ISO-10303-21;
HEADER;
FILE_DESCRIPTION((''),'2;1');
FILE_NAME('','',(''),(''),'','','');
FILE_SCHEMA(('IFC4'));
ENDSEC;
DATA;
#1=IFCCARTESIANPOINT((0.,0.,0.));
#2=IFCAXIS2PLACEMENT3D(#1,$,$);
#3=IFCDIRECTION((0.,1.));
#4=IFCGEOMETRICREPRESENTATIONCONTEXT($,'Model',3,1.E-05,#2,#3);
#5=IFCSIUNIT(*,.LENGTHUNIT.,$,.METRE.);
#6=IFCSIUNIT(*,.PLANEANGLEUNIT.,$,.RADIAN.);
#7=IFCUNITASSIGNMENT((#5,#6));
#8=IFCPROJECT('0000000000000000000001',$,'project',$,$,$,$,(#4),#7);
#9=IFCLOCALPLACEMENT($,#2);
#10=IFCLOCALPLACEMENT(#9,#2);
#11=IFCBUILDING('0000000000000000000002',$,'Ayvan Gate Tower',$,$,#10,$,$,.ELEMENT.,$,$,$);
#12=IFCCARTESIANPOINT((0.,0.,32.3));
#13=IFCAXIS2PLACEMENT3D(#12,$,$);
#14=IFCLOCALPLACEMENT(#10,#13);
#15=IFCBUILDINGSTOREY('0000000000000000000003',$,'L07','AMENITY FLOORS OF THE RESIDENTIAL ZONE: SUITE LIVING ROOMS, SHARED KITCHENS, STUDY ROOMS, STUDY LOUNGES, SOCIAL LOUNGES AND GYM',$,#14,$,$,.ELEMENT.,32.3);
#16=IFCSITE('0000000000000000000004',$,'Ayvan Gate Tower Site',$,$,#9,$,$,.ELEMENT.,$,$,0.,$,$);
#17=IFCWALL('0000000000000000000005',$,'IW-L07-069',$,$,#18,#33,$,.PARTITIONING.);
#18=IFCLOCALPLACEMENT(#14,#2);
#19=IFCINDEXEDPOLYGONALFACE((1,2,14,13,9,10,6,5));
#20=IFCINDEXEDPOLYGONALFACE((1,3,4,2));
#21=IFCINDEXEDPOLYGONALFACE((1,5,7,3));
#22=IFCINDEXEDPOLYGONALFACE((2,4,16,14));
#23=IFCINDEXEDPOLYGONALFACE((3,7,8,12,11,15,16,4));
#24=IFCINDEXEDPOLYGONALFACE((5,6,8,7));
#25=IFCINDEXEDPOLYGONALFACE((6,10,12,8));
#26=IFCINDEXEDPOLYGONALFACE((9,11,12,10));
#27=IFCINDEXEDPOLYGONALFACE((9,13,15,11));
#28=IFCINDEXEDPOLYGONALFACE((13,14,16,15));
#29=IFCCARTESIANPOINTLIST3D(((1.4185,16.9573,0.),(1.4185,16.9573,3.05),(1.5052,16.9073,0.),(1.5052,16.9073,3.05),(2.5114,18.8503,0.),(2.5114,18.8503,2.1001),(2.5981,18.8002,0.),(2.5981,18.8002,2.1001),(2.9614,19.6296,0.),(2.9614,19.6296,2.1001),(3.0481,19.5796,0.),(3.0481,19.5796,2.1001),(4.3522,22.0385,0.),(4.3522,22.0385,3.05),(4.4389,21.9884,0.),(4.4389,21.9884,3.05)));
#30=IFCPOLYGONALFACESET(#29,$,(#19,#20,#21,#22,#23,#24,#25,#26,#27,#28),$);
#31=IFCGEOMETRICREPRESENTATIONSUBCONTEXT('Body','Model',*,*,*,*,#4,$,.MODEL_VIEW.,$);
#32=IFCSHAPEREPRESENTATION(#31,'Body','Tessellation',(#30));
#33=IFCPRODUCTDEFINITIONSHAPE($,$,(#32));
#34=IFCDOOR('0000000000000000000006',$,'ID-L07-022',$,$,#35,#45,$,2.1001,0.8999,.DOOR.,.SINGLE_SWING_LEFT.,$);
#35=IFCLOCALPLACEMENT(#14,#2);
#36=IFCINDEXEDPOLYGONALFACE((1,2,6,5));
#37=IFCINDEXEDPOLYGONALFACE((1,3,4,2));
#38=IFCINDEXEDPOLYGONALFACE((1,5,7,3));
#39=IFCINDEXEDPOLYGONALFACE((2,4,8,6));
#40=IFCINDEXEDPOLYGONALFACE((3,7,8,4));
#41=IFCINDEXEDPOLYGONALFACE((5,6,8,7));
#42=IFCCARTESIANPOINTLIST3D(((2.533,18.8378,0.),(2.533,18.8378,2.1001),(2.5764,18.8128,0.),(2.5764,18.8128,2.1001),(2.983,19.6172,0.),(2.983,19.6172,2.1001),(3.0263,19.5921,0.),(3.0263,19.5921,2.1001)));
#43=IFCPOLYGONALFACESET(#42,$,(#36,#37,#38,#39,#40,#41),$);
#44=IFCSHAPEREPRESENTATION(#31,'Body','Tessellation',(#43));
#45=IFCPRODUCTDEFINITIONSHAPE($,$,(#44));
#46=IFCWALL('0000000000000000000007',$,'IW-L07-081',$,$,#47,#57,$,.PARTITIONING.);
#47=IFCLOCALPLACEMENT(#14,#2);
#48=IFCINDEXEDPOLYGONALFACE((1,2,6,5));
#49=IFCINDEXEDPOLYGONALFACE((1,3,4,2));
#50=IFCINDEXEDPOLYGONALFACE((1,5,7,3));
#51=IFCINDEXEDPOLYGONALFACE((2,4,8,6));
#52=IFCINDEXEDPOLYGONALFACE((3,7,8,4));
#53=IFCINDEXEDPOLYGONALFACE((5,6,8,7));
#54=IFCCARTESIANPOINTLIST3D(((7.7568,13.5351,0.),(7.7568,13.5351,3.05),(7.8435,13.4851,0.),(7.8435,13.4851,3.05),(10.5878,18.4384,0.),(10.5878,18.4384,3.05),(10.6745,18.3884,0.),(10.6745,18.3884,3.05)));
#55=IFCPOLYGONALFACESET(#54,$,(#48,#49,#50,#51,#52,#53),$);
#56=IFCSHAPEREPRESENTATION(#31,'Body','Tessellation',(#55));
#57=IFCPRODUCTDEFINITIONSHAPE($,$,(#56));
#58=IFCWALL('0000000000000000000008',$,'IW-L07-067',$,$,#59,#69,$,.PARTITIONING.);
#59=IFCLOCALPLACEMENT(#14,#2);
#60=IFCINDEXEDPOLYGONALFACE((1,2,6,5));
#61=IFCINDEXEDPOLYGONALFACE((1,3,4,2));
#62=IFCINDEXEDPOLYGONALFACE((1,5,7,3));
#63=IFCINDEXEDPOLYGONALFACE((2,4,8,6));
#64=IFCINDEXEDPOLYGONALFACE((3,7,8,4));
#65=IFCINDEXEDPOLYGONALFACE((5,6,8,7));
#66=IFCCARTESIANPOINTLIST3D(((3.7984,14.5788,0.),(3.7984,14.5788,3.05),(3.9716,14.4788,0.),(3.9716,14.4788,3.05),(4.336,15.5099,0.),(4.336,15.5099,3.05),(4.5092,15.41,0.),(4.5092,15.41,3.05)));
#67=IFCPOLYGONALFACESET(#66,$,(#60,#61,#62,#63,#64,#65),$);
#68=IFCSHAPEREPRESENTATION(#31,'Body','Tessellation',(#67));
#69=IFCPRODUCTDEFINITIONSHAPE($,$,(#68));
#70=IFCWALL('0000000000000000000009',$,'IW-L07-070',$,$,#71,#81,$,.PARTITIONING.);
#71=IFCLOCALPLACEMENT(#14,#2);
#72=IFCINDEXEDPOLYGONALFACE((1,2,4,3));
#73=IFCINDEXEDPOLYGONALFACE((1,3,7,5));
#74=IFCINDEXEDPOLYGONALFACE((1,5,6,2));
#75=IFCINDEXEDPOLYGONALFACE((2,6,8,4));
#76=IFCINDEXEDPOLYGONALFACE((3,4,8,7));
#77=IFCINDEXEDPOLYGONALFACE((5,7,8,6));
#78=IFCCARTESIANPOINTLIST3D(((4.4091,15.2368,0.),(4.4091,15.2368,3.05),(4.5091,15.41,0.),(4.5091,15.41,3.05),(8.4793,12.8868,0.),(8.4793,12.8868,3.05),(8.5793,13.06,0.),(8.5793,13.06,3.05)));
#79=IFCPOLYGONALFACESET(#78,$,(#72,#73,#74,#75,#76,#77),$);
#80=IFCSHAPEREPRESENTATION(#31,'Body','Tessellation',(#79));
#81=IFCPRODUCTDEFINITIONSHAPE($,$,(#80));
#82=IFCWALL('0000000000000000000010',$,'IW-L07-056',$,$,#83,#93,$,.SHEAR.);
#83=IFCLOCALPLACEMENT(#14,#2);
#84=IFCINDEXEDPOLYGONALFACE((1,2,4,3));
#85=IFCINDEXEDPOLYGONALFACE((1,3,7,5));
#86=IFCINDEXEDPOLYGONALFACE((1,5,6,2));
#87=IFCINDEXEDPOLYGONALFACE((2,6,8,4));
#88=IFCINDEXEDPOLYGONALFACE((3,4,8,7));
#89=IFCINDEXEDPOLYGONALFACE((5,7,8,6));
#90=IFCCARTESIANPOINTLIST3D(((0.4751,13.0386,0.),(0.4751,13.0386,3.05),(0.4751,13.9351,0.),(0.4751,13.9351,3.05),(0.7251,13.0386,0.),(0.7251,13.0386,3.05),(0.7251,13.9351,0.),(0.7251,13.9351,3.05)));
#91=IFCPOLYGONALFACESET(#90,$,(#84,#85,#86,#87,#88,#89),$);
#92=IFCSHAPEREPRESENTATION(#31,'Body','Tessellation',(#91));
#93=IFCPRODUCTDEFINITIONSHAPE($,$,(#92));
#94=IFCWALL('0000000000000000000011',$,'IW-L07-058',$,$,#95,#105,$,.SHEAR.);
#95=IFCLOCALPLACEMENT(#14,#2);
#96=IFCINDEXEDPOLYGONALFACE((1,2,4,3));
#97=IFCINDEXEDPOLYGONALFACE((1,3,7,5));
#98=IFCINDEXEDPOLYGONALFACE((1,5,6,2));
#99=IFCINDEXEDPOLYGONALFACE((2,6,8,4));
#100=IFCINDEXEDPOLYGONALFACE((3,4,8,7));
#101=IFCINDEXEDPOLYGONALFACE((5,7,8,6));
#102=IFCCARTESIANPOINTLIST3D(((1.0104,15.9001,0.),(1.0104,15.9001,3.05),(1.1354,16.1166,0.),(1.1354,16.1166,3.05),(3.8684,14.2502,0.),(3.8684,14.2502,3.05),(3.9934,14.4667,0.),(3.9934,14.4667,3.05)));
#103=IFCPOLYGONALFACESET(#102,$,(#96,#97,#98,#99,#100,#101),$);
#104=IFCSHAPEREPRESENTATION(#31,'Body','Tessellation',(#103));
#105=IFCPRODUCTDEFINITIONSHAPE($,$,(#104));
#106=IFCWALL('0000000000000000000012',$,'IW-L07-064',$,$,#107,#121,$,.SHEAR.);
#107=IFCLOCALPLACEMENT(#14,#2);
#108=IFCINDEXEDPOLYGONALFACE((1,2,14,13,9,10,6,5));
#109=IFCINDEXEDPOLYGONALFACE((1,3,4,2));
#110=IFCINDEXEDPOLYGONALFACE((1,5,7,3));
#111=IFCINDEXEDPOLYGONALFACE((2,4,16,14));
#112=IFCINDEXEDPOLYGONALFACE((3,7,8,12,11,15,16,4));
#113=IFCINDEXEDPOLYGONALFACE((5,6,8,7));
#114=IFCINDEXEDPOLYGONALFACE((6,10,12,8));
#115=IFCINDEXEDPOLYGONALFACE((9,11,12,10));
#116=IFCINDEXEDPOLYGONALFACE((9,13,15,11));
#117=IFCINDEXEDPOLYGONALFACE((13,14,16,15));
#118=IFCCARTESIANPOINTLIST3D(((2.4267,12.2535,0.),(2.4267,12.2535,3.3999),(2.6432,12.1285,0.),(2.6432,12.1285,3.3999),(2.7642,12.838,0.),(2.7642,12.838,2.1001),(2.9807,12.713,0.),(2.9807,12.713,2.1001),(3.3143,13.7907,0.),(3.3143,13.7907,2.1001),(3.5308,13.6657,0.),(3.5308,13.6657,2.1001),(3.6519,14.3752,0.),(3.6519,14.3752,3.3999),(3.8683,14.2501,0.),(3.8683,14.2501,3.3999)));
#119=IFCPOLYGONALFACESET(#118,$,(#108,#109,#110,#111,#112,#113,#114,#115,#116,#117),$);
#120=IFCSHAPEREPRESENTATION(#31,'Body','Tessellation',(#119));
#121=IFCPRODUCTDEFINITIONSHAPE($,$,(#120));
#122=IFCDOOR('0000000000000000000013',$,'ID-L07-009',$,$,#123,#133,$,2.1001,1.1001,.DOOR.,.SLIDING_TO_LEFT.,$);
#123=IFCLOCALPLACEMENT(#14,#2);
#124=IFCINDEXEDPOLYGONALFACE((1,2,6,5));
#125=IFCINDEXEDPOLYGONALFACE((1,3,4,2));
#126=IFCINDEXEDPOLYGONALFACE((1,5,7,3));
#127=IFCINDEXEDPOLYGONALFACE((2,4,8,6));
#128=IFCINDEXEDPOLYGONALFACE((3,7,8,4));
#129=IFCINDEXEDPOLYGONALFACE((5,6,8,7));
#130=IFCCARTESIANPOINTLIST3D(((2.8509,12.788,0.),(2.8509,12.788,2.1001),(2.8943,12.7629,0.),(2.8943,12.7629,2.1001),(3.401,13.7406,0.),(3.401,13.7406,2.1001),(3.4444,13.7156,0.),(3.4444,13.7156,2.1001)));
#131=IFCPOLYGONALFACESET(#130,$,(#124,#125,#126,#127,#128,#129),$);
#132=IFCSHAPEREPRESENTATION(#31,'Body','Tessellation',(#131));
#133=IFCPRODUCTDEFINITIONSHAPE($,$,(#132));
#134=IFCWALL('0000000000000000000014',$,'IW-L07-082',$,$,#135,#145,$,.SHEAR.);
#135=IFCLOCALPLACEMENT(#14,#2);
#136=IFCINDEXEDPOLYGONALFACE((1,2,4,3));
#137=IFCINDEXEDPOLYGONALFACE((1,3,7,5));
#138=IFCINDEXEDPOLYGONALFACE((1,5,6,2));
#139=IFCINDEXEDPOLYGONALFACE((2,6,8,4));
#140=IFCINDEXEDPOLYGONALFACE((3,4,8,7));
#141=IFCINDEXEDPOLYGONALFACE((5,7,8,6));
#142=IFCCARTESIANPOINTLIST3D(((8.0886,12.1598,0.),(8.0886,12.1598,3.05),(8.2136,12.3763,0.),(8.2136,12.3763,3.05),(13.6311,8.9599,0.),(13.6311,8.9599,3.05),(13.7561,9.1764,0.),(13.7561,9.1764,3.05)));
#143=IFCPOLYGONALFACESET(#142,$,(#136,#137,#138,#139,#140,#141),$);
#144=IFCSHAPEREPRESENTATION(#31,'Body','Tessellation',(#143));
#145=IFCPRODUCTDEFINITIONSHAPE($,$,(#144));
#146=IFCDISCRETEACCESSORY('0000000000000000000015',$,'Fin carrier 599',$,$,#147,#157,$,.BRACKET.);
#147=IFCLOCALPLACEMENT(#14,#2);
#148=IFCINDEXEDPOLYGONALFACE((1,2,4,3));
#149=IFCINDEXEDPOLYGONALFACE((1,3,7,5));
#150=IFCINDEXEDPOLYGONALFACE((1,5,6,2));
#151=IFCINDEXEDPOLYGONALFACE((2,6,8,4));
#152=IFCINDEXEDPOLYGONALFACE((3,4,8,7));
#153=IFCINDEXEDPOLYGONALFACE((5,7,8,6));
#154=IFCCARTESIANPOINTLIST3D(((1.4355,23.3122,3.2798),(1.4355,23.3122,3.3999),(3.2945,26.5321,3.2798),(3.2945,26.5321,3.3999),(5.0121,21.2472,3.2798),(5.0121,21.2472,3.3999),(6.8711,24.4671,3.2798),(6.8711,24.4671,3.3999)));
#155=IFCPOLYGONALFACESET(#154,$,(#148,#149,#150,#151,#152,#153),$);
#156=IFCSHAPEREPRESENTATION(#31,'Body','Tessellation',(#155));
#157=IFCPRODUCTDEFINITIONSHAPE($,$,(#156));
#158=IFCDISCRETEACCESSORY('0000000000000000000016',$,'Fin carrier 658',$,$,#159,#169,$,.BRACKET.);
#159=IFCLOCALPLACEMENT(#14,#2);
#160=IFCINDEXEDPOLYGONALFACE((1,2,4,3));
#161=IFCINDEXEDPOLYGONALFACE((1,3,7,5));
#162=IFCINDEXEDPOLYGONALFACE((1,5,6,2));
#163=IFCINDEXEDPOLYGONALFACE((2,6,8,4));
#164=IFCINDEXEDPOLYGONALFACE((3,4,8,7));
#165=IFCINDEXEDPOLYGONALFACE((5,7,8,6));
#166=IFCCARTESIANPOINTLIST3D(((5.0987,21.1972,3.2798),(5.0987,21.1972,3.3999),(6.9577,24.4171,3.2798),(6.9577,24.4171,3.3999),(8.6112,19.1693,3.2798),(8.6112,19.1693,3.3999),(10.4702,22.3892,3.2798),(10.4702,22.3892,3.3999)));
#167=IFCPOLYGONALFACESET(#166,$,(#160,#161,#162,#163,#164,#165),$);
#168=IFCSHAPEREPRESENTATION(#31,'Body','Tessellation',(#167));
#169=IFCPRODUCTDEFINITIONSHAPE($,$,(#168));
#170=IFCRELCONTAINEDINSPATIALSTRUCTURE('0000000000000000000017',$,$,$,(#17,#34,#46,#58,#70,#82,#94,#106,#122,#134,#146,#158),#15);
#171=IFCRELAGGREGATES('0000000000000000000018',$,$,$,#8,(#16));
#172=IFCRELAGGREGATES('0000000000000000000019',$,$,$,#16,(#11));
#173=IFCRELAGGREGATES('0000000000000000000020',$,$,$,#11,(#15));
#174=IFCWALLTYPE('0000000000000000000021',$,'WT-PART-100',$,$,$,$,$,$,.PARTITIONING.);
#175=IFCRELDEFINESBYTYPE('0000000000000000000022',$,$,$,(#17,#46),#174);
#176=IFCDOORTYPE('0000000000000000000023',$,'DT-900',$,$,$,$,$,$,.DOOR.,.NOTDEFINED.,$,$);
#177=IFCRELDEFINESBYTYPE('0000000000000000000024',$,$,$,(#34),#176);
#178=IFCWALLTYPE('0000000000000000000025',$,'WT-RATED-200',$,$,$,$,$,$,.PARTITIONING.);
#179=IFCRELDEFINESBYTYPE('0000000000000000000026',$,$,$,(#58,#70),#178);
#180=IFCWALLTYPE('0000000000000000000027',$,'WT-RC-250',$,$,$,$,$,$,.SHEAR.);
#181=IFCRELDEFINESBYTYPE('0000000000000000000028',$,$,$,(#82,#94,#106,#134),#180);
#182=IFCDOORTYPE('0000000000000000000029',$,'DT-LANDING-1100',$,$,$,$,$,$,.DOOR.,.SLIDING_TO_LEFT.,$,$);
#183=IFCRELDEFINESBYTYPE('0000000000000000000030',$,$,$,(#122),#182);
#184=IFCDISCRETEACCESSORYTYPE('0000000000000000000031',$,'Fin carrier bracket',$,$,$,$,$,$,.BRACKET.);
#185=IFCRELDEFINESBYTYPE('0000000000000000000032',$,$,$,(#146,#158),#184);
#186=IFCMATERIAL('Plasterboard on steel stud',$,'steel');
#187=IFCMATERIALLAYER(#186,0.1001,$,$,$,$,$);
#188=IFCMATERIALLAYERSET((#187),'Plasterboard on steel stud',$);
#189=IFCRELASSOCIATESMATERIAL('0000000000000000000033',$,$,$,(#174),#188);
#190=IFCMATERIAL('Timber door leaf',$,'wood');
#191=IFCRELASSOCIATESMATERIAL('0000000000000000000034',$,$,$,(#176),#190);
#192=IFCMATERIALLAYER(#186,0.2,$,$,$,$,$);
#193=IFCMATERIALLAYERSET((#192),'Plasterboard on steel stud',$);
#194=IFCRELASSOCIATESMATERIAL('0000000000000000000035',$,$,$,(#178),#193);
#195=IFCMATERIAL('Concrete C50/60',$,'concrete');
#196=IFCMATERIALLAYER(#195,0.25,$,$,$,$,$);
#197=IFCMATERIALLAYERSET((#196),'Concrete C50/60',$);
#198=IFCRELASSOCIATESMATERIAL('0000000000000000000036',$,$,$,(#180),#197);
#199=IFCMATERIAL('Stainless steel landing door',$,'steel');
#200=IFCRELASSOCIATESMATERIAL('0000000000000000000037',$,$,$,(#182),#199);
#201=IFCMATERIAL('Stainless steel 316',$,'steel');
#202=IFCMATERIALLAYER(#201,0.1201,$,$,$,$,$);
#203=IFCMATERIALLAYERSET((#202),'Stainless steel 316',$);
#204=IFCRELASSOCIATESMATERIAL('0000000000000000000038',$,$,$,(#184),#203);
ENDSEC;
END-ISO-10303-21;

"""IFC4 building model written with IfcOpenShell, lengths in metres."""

from ifc_helpers import new_model, si_unit, direction, frame, frame_2d, origin, origin_2d, place, context, subcontext, project, spatial, rectangle, extrude, material, layer, layer_set, type_object, element, fill, save


model = new_model("IFC4")

# Units and contexts
model_context = context("Model", 3, precision=1e-05, world=origin(), true_north=direction((0.0, 1.0)))
body_context = subcontext(model_context, "Body", "Model", "MODEL_VIEW")
ifc_project = project(units=[si_unit("LENGTHUNIT", "METRE"), si_unit("PLANEANGLEUNIT", "RADIAN")], contexts=[model_context])

# Site, building, storey
site_placement = place(None, origin())
site = spatial("IfcSite", under=ifc_project, at=site_placement, Name="Ayvan Gate Tower Site", CompositionType="ELEMENT", RefElevation=0.0)
building_placement = place(site_placement, origin())
building = spatial("IfcBuilding", under=site, at=building_placement, Name="Ayvan Gate Tower", CompositionType="ELEMENT")
storey_placement = place(building_placement, frame((0.0, 0.0, 32.3)))
storey = spatial("IfcBuildingStorey", under=building, at=storey_placement, Name="L07", Description="AMENITY FLOORS OF THE RESIDENTIAL ZONE: SUITE LIVING ROOMS, SHARED KITCHENS, STUDY ROOMS, STUDY LOUNGES, SOCIAL LOUNGES AND GYM", CompositionType="ELEMENT", Elevation=32.3)

# Shared definitions
ifc_material_1 = material(Name="Plasterboard on steel stud", Category="steel")

# Wall, opening, door
ifc_layer_1 = layer(ifc_material_1, 0.1001)
ifc_layer_set_1 = layer_set([ifc_layer_1], Name="Plasterboard on steel stud")
wall_type_1 = type_object("IfcWallType", Name="WT-PART-100", PredefinedType="PARTITIONING", material=ifc_layer_set_1)
wall_1_placement = place(storey_placement, frame((4.3955, 22.0134, 0.0), z_axis=(0.0, 0.0, 1.0), x_axis=(-0.500006, -0.866022, 0.0)))
wall_1 = element("IfcWall", 1, at=wall_1_placement, inside=storey, type_object=wall_type_1, Name="IW-L07-069", PredefinedType="PARTITIONING", context=body_context, shape_type="SweptSolid", body=[
    extrude(rectangle(XDim=5.8672, YDim=0.1001, at=frame_2d((2.9336, 0.0))), origin(), (0.0, 0.0, 1.0), 3.05),
])
opening_1_placement = place(wall_1_placement, frame((2.7815, 0.0, 0.0)))
opening_1 = element("IfcOpeningElement", 2, at=opening_1_placement, cuts=wall_1, PredefinedType="OPENING", context=body_context, shape_type="SweptSolid", body=[
    extrude(rectangle(XDim=0.8999, YDim=2.1001, at=frame_2d((0.45, 1.05))), frame((0.0, 0.0601, 0.0), z_axis=(0.0, -1.0, 0.0), x_axis=(1.0, 0.0, 0.0)), (0.0, 0.0, 1.0), 0.1201),
])
ifc_material_2 = material(Name="Timber door leaf", Category="wood")
door_type_1 = type_object("IfcDoorType", Name="DT-900", OperationType="NOTDEFINED", PredefinedType="DOOR", material=ifc_material_2)
door_1_placement = place(opening_1_placement, origin())
door_1 = element("IfcDoor", 3, at=door_1_placement, inside=storey, type_object=door_type_1, Name="ID-L07-022", OperationType="SINGLE_SWING_LEFT", OverallHeight=2.1001, OverallWidth=0.8999, PredefinedType="DOOR", context=body_context, shape_type="SweptSolid", body=[
    extrude(rectangle(XDim=0.8999, YDim=2.1001, at=frame_2d((0.45, 1.05))), frame((0.0, 0.0249, 0.0), z_axis=(0.0, -1.0, 0.0), x_axis=(1.0, 0.0, 0.0)), (0.0, 0.0, 1.0), 0.05),
])
fill(opening_1, door_1)

# Walls
wall_2_placement = place(storey_placement, frame((7.8, 13.51, 0.0), z_axis=(0.0, 0.0, 1.0), x_axis=(0.500016, 0.866016, 0.0)))
element("IfcWall", 4, at=wall_2_placement, inside=storey, type_object=wall_type_1, Name="IW-L07-081", PredefinedType="PARTITIONING", context=body_context, shape_type="SweptSolid", body=[
    extrude(rectangle(XDim=5.6619, YDim=0.1001, at=frame_2d((2.8311, 0.0))), origin(), (0.0, 0.0, 1.0), 3.05),
])
ifc_layer_2 = layer(ifc_material_1, 0.2)
ifc_layer_set_2 = layer_set([ifc_layer_2], Name="Plasterboard on steel stud")
wall_type_2 = type_object("IfcWallType", Name="WT-RATED-200", PredefinedType="PARTITIONING", material=ifc_layer_set_2)
wall_3_placement = place(storey_placement, frame((3.885, 14.5288, 0.0), z_axis=(0.0, 0.0, 1.0), x_axis=(0.499998, 0.866027, 0.0)))
element("IfcWall", 5, at=wall_3_placement, inside=storey, type_object=wall_type_2, Name="IW-L07-067", PredefinedType="PARTITIONING", context=body_context, shape_type="SweptSolid", body=[
    extrude(rectangle(XDim=1.0752, YDim=0.2, at=frame_2d((0.5376, 0.0))), origin(), (0.0, 0.0, 1.0), 3.05),
])
wall_4_placement = place(storey_placement, frame((4.459, 15.3235, 0.0), z_axis=(0.0, 0.0, 1.0), x_axis=(0.866016, -0.500016, 0.0)))
element("IfcWall", 6, at=wall_4_placement, inside=storey, type_object=wall_type_2, Name="IW-L07-070", PredefinedType="PARTITIONING", context=body_context, shape_type="SweptSolid", body=[
    extrude(rectangle(XDim=4.7, YDim=0.2, at=frame_2d((2.3501, 0.0))), origin(), (0.0, 0.0, 1.0), 3.05),
])
ifc_material_3 = material(Name="Concrete C50/60", Category="concrete")
ifc_layer_3 = layer(ifc_material_3, 0.25)
ifc_layer_set_3 = layer_set([ifc_layer_3], Name="Concrete C50/60")
wall_type_3 = type_object("IfcWallType", Name="WT-RC-250", PredefinedType="SHEAR", material=ifc_layer_set_3)
wall_5_placement = place(storey_placement, frame((0.6001, 13.0386, 0.0), z_axis=(0.0, 0.0, 1.0), x_axis=(0.0, 1.0, 0.0)))
element("IfcWall", 7, at=wall_5_placement, inside=storey, type_object=wall_type_3, Name="IW-L07-056", PredefinedType="SHEAR", context=body_context, shape_type="SweptSolid", body=[
    extrude(rectangle(XDim=0.8965, YDim=0.25, at=frame_2d((0.4482, 0.0))), origin(), (0.0, 0.0, 1.0), 3.05),
])
wall_6_placement = place(storey_placement, frame((1.073, 16.0083, 0.0), z_axis=(0.0, 0.0, 1.0), x_axis=(0.86604, -0.499974, 0.0)))
element("IfcWall", 8, at=wall_6_placement, inside=storey, type_object=wall_type_3, Name="IW-L07-058", PredefinedType="SHEAR", context=body_context, shape_type="SweptSolid", body=[
    extrude(rectangle(XDim=3.3, YDim=0.25, at=frame_2d((1.6499, 0.0))), origin(), (0.0, 0.0, 1.0), 3.05),
])

# Wall, opening, door
wall_7_placement = place(storey_placement, frame((2.5349, 12.1909, 0.0), z_axis=(0.0, 0.0, 1.0), x_axis=(0.500062, 0.86599, 0.0)))
wall_7 = element("IfcWall", 9, at=wall_7_placement, inside=storey, type_object=wall_type_3, Name="IW-L07-064", PredefinedType="SHEAR", context=body_context, shape_type="SweptSolid", body=[
    extrude(rectangle(XDim=2.45, YDim=0.25, at=frame_2d((1.2251, 0.0))), origin(), (0.0, 0.0, 1.0), 3.3999),
])
opening_2_placement = place(wall_7_placement, frame((0.675, 0.0, 0.0)))
opening_2 = element("IfcOpeningElement", 10, at=opening_2_placement, cuts=wall_7, PredefinedType="OPENING", context=body_context, shape_type="SweptSolid", body=[
    extrude(rectangle(XDim=1.1001, YDim=2.1001, at=frame_2d((0.55, 1.05))), frame((0.0, 0.135, 0.0), z_axis=(0.0, -1.0, 0.0), x_axis=(1.0, 0.0, 0.0)), (0.0, 0.0, 1.0), 0.27),
])
ifc_material_4 = material(Name="Stainless steel landing door", Category="steel")
door_type_2 = type_object("IfcDoorType", Name="DT-LANDING-1100", OperationType="SLIDING_TO_LEFT", PredefinedType="DOOR", material=ifc_material_4)
door_2_placement = place(opening_2_placement, origin())
door_2 = element("IfcDoor", 11, at=door_2_placement, inside=storey, type_object=door_type_2, Name="ID-L07-009", OperationType="SLIDING_TO_LEFT", OverallHeight=2.1001, OverallWidth=1.1001, PredefinedType="DOOR", context=body_context, shape_type="SweptSolid", body=[
    extrude(rectangle(XDim=1.1001, YDim=2.1001, at=frame_2d((0.55, 1.05))), frame((0.0, 0.0249, 0.0), z_axis=(0.0, -1.0, 0.0), x_axis=(1.0, 0.0, 0.0)), (0.0, 0.0, 1.0), 0.05),
])
fill(opening_2, door_2)

# Wall
wall_8_placement = place(storey_placement, frame((8.1511, 12.2681, 0.0), z_axis=(0.0, 0.0, 1.0), x_axis=(0.866025, -0.5, 0.0)))
element("IfcWall", 12, at=wall_8_placement, inside=storey, type_object=wall_type_3, Name="IW-L07-082", PredefinedType="SHEAR", context=body_context, shape_type="SweptSolid", body=[
    extrude(rectangle(XDim=6.3999, YDim=0.25, at=frame_2d((3.2, 0.0))), origin(), (0.0, 0.0, 1.0), 3.05),
])

# Discrete accessories
ifc_material_5 = material(Name="Stainless steel 316", Category="steel")
ifc_layer_4 = layer(ifc_material_5, 0.1201)
ifc_layer_set_4 = layer_set([ifc_layer_4], Name="Stainless steel 316")
discrete_accessory_type = type_object("IfcDiscreteAccessoryType", Name="Fin carrier bracket", PredefinedType="BRACKET", material=ifc_layer_set_4)
discrete_accessory_1_placement = place(storey_placement, frame((4.1533, 23.8896, 3.2798), z_axis=(0.0, 0.0, 1.0), x_axis=(-0.866025, 0.5, 0.0)))
element("IfcDiscreteAccessory", 13, at=discrete_accessory_1_placement, inside=storey, type_object=discrete_accessory_type, Name="Fin carrier 599", PredefinedType="BRACKET", context=body_context, shape_type="SweptSolid", body=[
    extrude(rectangle(XDim=4.1299, YDim=3.718, at=origin_2d()), origin(), (0.0, 0.0, 1.0), 0.1201),
])
discrete_accessory_2_placement = place(storey_placement, frame((7.7844, 21.7932, 3.2798), z_axis=(0.0, 0.0, 1.0), x_axis=(-0.866025, 0.5, 0.0)))
element("IfcDiscreteAccessory", 14, at=discrete_accessory_2_placement, inside=storey, type_object=discrete_accessory_type, Name="Fin carrier 658", PredefinedType="BRACKET", context=body_context, shape_type="SweptSolid", body=[
    extrude(rectangle(XDim=4.0559, YDim=3.718, at=origin_2d()), origin(), (0.0, 0.0, 1.0), 0.1201),
])

save(model, "model.ifc")
